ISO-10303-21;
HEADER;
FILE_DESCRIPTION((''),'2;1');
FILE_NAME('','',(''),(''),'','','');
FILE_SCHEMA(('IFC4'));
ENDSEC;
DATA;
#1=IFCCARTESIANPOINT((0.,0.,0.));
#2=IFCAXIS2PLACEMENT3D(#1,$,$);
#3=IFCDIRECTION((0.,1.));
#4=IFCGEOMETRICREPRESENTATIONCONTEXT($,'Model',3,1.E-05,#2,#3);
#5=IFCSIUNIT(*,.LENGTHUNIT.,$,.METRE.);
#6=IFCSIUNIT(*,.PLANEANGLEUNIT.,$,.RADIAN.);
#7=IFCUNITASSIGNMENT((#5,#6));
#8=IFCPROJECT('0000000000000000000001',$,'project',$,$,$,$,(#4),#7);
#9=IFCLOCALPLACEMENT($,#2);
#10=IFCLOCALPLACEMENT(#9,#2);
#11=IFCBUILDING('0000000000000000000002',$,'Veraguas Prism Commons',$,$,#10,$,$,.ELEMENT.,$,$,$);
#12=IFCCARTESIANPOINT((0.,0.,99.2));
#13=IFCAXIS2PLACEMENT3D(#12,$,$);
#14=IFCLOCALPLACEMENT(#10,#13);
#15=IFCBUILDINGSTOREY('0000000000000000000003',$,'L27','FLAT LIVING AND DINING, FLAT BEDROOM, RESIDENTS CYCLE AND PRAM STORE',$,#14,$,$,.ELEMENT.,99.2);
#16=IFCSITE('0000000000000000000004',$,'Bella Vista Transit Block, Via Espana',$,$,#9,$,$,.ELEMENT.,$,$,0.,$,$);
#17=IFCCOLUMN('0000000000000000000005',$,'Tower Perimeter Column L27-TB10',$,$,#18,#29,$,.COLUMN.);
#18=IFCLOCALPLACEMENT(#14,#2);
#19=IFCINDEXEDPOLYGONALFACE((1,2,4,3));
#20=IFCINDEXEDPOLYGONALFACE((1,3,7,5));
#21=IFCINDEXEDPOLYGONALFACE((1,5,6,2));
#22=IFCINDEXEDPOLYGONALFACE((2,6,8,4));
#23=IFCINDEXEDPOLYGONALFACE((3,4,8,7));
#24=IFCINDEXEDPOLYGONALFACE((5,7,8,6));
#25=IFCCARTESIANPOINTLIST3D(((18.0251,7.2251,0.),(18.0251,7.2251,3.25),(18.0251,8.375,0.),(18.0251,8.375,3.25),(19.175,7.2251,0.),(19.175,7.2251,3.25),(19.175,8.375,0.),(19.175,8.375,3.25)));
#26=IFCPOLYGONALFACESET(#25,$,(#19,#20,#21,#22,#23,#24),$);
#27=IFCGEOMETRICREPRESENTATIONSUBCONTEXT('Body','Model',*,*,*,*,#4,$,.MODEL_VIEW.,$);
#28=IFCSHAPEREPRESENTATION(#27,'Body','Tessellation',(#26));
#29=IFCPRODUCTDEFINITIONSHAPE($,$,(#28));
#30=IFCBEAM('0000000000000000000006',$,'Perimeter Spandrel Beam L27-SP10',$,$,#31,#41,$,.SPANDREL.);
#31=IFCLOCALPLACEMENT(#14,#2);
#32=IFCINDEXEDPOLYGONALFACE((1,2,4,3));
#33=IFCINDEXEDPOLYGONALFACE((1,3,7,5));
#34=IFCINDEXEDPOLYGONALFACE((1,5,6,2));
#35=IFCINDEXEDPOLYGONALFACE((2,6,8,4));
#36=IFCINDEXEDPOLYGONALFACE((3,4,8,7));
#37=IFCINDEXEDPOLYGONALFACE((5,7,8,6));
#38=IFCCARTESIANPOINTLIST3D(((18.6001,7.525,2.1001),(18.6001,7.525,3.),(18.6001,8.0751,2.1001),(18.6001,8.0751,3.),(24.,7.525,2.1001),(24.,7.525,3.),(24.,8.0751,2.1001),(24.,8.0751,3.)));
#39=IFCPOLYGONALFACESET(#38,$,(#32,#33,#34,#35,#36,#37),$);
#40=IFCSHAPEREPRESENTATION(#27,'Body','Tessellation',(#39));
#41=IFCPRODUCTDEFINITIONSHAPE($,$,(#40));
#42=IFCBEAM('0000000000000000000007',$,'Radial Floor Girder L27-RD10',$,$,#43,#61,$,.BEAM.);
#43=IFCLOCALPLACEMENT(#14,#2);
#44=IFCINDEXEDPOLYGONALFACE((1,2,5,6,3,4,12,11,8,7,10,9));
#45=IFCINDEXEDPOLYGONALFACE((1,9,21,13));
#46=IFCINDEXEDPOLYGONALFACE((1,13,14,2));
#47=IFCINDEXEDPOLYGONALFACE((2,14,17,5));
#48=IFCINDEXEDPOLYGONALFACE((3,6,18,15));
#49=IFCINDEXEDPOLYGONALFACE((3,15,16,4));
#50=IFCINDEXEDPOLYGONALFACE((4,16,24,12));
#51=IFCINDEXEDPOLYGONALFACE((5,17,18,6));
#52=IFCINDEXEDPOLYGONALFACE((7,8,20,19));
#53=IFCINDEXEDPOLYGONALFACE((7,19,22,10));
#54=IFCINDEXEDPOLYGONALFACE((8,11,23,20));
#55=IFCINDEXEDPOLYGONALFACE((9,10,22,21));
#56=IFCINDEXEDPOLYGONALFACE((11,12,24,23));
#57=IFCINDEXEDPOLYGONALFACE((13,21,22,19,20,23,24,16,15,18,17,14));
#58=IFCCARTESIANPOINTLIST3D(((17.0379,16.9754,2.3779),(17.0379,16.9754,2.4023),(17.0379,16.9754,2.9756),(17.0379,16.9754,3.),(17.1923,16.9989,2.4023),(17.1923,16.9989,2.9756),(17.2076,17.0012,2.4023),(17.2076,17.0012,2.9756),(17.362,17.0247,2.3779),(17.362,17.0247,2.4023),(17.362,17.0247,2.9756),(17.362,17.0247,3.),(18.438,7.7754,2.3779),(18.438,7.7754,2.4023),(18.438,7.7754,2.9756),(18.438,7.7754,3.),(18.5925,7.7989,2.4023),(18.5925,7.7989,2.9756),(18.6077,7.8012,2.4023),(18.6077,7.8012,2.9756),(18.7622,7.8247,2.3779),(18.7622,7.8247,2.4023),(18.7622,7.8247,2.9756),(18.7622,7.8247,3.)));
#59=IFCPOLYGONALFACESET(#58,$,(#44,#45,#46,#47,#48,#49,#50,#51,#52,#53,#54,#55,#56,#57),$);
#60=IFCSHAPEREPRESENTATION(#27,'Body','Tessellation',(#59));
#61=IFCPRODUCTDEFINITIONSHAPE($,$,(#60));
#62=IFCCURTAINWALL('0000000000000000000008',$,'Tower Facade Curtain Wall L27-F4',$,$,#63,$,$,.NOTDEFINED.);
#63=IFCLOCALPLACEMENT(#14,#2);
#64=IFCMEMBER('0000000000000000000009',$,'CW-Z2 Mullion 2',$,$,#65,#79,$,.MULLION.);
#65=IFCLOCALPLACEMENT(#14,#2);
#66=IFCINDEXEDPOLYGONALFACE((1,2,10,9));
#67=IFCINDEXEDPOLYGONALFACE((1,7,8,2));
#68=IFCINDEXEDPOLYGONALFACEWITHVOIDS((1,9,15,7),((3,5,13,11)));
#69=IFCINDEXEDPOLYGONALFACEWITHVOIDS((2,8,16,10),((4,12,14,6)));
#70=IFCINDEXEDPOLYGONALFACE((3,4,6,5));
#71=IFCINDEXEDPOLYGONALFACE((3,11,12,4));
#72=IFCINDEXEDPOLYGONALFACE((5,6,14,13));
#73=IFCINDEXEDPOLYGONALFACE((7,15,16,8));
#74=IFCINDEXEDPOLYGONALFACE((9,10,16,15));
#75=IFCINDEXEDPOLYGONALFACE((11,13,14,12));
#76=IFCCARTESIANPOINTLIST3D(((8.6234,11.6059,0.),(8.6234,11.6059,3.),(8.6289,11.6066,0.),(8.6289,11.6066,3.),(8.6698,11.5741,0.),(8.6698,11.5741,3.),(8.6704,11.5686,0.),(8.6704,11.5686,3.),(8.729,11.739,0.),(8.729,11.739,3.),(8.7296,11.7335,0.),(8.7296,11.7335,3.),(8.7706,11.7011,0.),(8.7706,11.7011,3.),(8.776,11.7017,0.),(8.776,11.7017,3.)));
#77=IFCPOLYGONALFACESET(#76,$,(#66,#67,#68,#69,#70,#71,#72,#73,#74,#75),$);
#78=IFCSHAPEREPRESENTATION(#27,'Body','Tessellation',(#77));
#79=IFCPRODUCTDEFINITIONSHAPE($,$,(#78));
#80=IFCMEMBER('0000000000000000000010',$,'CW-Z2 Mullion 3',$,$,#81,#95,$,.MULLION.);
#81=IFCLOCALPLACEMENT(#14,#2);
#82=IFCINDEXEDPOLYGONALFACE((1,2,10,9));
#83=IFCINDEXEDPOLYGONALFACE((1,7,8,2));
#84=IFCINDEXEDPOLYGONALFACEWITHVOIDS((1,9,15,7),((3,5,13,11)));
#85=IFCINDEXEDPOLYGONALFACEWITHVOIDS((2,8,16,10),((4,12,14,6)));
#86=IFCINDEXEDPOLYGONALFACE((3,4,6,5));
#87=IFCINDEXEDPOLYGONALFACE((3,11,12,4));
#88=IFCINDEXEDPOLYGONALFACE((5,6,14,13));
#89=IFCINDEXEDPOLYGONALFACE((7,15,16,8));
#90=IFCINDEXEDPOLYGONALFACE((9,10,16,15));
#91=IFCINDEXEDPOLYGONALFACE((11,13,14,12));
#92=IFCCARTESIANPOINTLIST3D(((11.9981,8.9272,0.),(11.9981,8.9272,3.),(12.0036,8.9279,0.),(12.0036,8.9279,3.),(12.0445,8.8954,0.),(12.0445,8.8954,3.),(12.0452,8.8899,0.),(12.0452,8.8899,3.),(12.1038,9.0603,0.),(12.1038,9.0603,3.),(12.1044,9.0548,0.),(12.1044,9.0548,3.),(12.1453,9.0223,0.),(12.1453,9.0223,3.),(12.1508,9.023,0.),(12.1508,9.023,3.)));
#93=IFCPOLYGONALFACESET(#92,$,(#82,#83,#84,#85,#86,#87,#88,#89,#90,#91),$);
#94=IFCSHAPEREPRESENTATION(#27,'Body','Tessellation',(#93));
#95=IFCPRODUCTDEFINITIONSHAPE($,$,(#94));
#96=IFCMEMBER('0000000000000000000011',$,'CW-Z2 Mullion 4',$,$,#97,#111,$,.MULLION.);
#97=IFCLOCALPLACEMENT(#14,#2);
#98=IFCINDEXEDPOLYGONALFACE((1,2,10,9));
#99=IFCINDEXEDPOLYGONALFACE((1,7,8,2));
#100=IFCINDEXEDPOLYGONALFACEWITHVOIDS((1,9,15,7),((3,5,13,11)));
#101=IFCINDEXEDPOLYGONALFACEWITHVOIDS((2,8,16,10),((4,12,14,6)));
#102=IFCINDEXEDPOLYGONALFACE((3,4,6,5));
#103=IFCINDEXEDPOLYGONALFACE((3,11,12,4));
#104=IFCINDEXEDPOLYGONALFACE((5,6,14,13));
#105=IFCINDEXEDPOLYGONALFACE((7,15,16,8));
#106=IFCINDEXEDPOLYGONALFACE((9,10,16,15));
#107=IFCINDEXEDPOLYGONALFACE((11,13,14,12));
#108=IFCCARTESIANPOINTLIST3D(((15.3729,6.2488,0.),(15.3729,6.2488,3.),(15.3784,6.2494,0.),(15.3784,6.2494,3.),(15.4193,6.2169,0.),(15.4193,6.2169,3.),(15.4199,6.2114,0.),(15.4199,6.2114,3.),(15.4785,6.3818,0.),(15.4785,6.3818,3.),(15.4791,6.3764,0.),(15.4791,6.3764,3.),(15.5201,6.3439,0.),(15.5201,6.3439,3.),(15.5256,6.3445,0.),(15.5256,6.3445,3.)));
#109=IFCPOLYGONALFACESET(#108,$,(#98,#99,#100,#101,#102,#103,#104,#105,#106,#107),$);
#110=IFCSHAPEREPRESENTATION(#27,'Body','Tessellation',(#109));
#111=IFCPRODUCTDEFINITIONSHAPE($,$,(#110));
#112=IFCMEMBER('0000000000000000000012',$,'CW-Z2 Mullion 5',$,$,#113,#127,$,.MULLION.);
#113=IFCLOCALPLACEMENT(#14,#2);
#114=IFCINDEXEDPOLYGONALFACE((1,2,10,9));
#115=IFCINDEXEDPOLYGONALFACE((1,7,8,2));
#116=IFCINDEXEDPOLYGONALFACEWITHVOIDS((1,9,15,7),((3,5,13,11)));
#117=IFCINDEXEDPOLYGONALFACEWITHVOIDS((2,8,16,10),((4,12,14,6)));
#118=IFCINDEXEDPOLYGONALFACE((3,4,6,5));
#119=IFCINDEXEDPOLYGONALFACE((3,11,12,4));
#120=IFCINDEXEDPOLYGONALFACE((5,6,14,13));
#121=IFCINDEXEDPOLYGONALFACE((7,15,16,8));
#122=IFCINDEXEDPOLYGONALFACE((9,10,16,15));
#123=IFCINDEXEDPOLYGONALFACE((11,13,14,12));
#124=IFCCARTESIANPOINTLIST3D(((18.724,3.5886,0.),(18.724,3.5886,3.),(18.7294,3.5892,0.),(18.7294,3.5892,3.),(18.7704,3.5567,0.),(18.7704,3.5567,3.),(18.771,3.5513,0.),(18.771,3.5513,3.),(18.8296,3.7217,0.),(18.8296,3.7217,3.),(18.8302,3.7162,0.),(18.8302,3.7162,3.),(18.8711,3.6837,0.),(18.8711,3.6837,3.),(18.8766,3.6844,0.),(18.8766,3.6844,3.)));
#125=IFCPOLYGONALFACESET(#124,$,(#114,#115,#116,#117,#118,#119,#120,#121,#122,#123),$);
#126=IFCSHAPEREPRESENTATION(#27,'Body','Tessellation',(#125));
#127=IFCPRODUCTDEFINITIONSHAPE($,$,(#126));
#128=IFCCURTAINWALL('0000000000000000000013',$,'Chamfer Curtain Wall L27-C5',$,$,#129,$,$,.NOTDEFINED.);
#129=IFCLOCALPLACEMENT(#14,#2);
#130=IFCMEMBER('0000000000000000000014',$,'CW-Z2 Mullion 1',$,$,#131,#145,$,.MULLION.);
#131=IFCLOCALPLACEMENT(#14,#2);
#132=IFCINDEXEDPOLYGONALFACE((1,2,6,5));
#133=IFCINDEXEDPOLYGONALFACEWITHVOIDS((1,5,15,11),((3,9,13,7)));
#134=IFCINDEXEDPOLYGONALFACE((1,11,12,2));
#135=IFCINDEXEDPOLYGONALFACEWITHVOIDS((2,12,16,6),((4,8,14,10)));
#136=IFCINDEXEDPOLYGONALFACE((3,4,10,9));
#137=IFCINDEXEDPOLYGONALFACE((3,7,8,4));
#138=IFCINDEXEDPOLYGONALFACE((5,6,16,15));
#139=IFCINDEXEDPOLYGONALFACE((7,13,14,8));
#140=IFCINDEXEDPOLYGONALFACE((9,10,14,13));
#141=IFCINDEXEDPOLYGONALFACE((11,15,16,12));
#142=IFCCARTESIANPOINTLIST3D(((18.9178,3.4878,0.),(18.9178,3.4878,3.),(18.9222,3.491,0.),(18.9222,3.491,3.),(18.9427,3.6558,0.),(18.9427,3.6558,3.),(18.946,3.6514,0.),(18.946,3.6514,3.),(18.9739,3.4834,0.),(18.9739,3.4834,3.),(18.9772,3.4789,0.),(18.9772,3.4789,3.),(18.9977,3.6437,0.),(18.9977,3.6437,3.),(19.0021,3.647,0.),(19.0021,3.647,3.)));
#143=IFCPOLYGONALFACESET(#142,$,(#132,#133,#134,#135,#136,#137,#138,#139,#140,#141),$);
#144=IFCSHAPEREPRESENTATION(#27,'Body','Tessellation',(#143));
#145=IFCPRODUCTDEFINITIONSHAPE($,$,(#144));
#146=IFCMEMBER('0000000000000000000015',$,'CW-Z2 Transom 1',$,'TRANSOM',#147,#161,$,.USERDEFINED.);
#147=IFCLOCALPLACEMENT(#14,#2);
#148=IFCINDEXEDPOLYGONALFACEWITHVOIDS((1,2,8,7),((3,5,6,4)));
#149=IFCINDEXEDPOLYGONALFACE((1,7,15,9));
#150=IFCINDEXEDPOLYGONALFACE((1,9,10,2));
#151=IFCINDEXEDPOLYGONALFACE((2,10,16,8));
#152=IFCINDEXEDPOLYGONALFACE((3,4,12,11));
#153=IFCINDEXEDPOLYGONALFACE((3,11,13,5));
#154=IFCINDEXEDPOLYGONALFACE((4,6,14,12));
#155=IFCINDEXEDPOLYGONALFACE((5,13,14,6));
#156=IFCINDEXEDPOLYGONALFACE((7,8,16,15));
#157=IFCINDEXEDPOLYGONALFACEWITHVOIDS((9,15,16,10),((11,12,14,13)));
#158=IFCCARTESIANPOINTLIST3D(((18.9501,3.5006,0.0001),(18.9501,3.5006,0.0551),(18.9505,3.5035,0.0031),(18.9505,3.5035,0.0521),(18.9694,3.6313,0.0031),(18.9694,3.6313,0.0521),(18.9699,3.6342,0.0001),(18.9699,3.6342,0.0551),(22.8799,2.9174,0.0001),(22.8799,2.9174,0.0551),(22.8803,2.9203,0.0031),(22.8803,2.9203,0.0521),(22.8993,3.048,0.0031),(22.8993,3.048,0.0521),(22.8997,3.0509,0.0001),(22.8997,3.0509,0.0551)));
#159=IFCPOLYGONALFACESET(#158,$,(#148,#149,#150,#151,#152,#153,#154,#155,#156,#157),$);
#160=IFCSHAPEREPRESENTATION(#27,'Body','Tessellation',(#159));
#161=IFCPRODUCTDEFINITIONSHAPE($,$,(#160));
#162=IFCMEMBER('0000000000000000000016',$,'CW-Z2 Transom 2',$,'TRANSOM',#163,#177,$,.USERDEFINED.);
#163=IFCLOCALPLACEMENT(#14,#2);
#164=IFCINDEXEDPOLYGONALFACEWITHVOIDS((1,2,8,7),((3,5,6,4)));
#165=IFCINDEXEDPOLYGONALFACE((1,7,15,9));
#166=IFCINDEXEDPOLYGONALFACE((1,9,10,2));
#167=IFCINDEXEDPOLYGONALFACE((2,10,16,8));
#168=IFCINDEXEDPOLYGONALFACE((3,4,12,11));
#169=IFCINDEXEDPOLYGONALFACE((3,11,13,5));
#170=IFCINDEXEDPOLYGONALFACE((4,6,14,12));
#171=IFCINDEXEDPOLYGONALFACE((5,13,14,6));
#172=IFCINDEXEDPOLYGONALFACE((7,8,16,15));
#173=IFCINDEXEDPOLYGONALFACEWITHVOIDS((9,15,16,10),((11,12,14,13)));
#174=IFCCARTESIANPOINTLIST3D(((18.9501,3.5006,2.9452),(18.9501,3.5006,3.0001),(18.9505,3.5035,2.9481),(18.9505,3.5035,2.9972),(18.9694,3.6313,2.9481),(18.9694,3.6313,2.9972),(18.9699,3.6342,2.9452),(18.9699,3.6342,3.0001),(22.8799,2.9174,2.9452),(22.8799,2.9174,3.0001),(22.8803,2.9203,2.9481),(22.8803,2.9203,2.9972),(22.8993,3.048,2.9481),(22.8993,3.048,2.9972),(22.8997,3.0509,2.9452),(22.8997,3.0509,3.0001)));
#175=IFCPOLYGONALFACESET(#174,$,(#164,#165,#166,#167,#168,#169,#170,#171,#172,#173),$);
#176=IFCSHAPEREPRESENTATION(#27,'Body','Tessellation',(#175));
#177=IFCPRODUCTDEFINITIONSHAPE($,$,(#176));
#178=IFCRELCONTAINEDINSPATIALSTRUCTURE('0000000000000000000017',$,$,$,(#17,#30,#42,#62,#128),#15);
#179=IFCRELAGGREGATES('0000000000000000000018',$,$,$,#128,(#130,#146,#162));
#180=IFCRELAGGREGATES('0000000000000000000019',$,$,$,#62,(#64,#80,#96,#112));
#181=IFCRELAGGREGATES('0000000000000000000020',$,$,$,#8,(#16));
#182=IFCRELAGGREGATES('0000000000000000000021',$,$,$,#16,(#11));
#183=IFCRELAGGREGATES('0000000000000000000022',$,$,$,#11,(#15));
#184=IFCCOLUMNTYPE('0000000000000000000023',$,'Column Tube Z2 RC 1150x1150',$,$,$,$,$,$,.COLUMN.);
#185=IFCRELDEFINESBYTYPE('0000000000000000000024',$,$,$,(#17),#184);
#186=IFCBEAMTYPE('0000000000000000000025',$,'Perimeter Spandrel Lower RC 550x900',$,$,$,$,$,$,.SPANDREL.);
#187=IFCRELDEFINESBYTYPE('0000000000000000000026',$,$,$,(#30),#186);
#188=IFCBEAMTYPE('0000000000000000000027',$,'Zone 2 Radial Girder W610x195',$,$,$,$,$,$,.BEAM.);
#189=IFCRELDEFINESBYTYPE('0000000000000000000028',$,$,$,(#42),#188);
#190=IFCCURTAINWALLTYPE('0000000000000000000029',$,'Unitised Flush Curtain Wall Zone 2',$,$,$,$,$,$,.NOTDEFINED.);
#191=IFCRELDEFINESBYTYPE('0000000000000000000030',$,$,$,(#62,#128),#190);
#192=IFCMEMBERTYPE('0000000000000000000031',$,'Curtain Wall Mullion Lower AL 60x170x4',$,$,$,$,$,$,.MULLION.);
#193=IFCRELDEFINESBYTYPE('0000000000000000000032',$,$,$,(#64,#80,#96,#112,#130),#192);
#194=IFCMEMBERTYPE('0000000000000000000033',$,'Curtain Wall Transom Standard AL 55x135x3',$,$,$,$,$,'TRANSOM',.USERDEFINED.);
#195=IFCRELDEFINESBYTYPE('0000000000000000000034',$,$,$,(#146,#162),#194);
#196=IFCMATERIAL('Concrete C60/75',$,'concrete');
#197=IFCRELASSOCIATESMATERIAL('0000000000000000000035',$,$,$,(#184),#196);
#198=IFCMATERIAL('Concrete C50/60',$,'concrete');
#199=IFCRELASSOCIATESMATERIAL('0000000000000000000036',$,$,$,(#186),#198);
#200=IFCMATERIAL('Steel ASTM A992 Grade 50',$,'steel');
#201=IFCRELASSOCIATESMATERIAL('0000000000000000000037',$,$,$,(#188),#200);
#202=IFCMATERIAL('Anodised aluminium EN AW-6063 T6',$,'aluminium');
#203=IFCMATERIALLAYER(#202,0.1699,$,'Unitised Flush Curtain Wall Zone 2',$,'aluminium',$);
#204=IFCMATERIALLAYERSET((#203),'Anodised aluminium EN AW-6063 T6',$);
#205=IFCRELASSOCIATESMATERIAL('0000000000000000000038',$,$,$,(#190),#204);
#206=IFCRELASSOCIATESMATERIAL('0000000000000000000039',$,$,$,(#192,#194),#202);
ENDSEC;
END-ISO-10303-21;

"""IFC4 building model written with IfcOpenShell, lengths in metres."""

from ifc_helpers import new_model, si_unit, direction, frame, origin, origin_2d, place, context, subcontext, project, spatial, rectangle, hollow_rectangle, i_section, extrude, source, transform, mapped, material, layer, layer_set, material_profile, profile_set, type_object, element, aggregate, save


model = new_model("IFC4")

# Units and contexts
model_context = context("Model", 3, precision=1e-05, world=origin(), true_north=direction((0.0, 1.0)))
body_context = subcontext(model_context, "Body", "Model", "MODEL_VIEW")
ifc_project = project(units=[si_unit("LENGTHUNIT", "METRE"), si_unit("PLANEANGLEUNIT", "RADIAN")], contexts=[model_context])

# Site, building, storey
site_placement = place(None, origin())
site = spatial("IfcSite", under=ifc_project, at=site_placement, Name="Bella Vista Transit Block, Via Espana", CompositionType="ELEMENT", RefElevation=0.0)
building_placement = place(site_placement, origin())
building = spatial("IfcBuilding", under=site, at=building_placement, Name="Veraguas Prism Commons", CompositionType="ELEMENT")
storey_placement = place(building_placement, frame((0.0, 0.0, 99.2)))
storey = spatial("IfcBuildingStorey", under=building, at=storey_placement, Name="L27", Description="FLAT LIVING AND DINING, FLAT BEDROOM, RESIDENTS CYCLE AND PRAM STORE", CompositionType="ELEMENT", Elevation=99.2)

# Column
ifc_material_1 = material(Name="Concrete C60/75", Category="concrete")
ifc_material_profile_1 = material_profile(ifc_material_1, rectangle(XDim=1.1499, YDim=1.1499, at=origin_2d()), Name="RC1150X1150")
ifc_profile_set_1 = profile_set([ifc_material_profile_1], Name="Concrete C60/75")
column_type = type_object("IfcColumnType", Name="Column Tube Z2 RC 1150x1150", PredefinedType="COLUMN", material=ifc_profile_set_1)
column_placement = place(storey_placement, frame((18.6001, 7.8, 0.0), z_axis=(0.0, 0.0, 1.0), x_axis=(1.0, 0.0, 0.0)))
element("IfcColumn", 1, at=column_placement, inside=storey, type_object=column_type, Name="Tower Perimeter Column L27-TB10", PredefinedType="COLUMN", context=body_context, shape_type="SweptSolid", body=[
    extrude(rectangle(XDim=1.1499, YDim=1.1499, at=origin_2d()), origin(), (0.0, 0.0, 1.0), 3.25),
])

# Beams
ifc_material_2 = material(Name="Concrete C50/60", Category="concrete")
ifc_material_profile_2 = material_profile(ifc_material_2, rectangle(XDim=0.55, YDim=0.8999, at=origin_2d()), Name="RC550X900")
ifc_profile_set_2 = profile_set([ifc_material_profile_2], Name="Concrete C50/60")
beam_type_1 = type_object("IfcBeamType", Name="Perimeter Spandrel Lower RC 550x900", PredefinedType="SPANDREL", material=ifc_profile_set_2)
beam_1_placement = place(storey_placement, frame((18.6001, 7.8, 2.55), z_axis=(1.0, 0.0, 0.0), x_axis=(0.0, 1.0, 0.0)))
element("IfcBeam", 2, at=beam_1_placement, inside=storey, type_object=beam_type_1, Name="Perimeter Spandrel Beam L27-SP10", PredefinedType="SPANDREL", context=body_context, shape_type="SweptSolid", body=[
    extrude(rectangle(XDim=0.55, YDim=0.8999, at=origin_2d()), origin(), (0.0, 0.0, 1.0), 5.3999),
])
ifc_material_3 = material(Name="Steel ASTM A992 Grade 50", Category="steel")
ifc_material_profile_3 = material_profile(ifc_material_3, i_section(OverallWidth=0.3279, OverallDepth=0.6221, WebThickness=0.0154, FlangeThickness=0.0244, at=origin_2d()), Name="W610X195")
ifc_profile_set_3 = profile_set([ifc_material_profile_3], Name="Steel ASTM A992 Grade 50")
beam_type_2 = type_object("IfcBeamType", Name="Zone 2 Radial Girder W610x195", PredefinedType="BEAM", material=ifc_profile_set_3)
beam_2_placement = place(storey_placement, frame((18.6001, 7.8, 2.689), z_axis=(-0.150458, 0.988616, 0.0), x_axis=(-0.988616, -0.150458, 0.0)))
element("IfcBeam", 3, at=beam_2_placement, inside=storey, type_object=beam_type_2, Name="Radial Floor Girder L27-RD10", PredefinedType="BEAM", context=body_context, shape_type="SweptSolid", body=[
    extrude(i_section(OverallWidth=0.3279, OverallDepth=0.6221, WebThickness=0.0154, FlangeThickness=0.0244, at=origin_2d()), origin(), (0.0, 0.0, 1.0), 9.3059),
])

# Curtain walls, members
ifc_material_4 = material(Name="Anodised aluminium EN AW-6063 T6", Category="aluminium")
ifc_layer_1 = layer(ifc_material_4, 0.1699, Name="Unitised Flush Curtain Wall Zone 2", Category="aluminium")
ifc_layer_set_1 = layer_set([ifc_layer_1], Name="Anodised aluminium EN AW-6063 T6")
curtain_wall_type = type_object("IfcCurtainWallType", Name="Unitised Flush Curtain Wall Zone 2", PredefinedType="NOTDEFINED", material=ifc_layer_set_1)
curtain_wall_1_placement = place(storey_placement, origin())
curtain_wall_1 = element("IfcCurtainWall", 4, at=curtain_wall_1_placement, inside=storey, type_object=curtain_wall_type, Name="Tower Facade Curtain Wall L27-F4", PredefinedType="NOTDEFINED")
ifc_material_profile_4 = material_profile(ifc_material_4, hollow_rectangle(XDim=0.0601, YDim=0.1699, WallThickness=0.0039, at=origin_2d()), Name="AL60X170X4")
ifc_profile_set_4 = profile_set([ifc_material_profile_4], Name="Anodised aluminium EN AW-6063 T6")
member_type_1 = type_object("IfcMemberType", Name="Curtain Wall Mullion Lower AL 60x170x4", PredefinedType="MULLION", material=ifc_profile_set_4)
shared_shape_1 = source(origin(), body_context, "Body", "SweptSolid", [
    extrude(hollow_rectangle(XDim=0.0601, YDim=0.1699, WallThickness=0.0039, at=origin_2d()), origin(), (0.0, 0.0, 1.0), 3.0),
])
member_1_placement = place(storey_placement, frame((8.6997, 11.6538, 0.0), z_axis=(0.0, 0.0, 1.0), x_axis=(0.783261, -0.621693, 0.0)))
member_1 = element("IfcMember", 5, at=member_1_placement, type_object=member_type_1, Name="CW-Z2 Mullion 2", PredefinedType="MULLION", context=body_context, shape_type="MappedRepresentation", body=[
    mapped(shared_shape_1, transform((0.0, 0.0, 0.0), scale=1.0)),
])
member_2_placement = place(storey_placement, frame((12.0745, 8.9751, 0.0), z_axis=(0.0, 0.0, 1.0), x_axis=(0.783261, -0.621693, 0.0)))
member_2 = element("IfcMember", 6, at=member_2_placement, type_object=member_type_1, Name="CW-Z2 Mullion 3", PredefinedType="MULLION", context=body_context, shape_type="MappedRepresentation", body=[
    mapped(shared_shape_1, transform((0.0, 0.0, 0.0), scale=1.0)),
])
member_3_placement = place(storey_placement, frame((15.4492, 6.2966, 0.0), z_axis=(0.0, 0.0, 1.0), x_axis=(0.783261, -0.621693, 0.0)))
member_3 = element("IfcMember", 7, at=member_3_placement, type_object=member_type_1, Name="CW-Z2 Mullion 4", PredefinedType="MULLION", context=body_context, shape_type="MappedRepresentation", body=[
    mapped(shared_shape_1, transform((0.0, 0.0, 0.0), scale=1.0)),
])
member_4_placement = place(storey_placement, frame((18.8003, 3.6365, 0.0), z_axis=(0.0, 0.0, 1.0), x_axis=(0.783261, -0.621693, 0.0)))
member_4 = element("IfcMember", 8, at=member_4_placement, type_object=member_type_1, Name="CW-Z2 Mullion 5", PredefinedType="MULLION", context=body_context, shape_type="MappedRepresentation", body=[
    mapped(shared_shape_1, transform((0.0, 0.0, 0.0), scale=1.0)),
])
curtain_wall_2_placement = place(storey_placement, origin())
curtain_wall_2 = element("IfcCurtainWall", 9, at=curtain_wall_2_placement, inside=storey, type_object=curtain_wall_type, Name="Chamfer Curtain Wall L27-C5", PredefinedType="NOTDEFINED")
member_5_placement = place(storey_placement, frame((18.96, 3.5674, 0.0), z_axis=(0.0, 0.0, 1.0), x_axis=(0.989168, -0.146789, 0.0)))
member_5 = element("IfcMember", 10, at=member_5_placement, type_object=member_type_1, Name="CW-Z2 Mullion 1", PredefinedType="MULLION", context=body_context, shape_type="MappedRepresentation", body=[
    mapped(shared_shape_1, transform((0.0, 0.0, 0.0), scale=1.0)),
])
ifc_material_profile_5 = material_profile(ifc_material_4, hollow_rectangle(XDim=0.0549, YDim=0.135, WallThickness=0.0029, at=origin_2d()), Name="AL55X135X3")
ifc_profile_set_5 = profile_set([ifc_material_profile_5], Name="Anodised aluminium EN AW-6063 T6")
member_type_2 = type_object("IfcMemberType", Name="Curtain Wall Transom Standard AL 55x135x3", ElementType="TRANSOM", PredefinedType="USERDEFINED", material=ifc_profile_set_5)
shared_shape_2 = source(origin(), body_context, "Body", "SweptSolid", [
    extrude(hollow_rectangle(XDim=0.0549, YDim=0.135, WallThickness=0.0029, at=origin_2d()), origin(), (0.0, 0.0, 1.0), 3.9729),
])
member_6_placement = place(storey_placement, frame((18.96, 3.5674, 0.0276), z_axis=(0.989165, -0.146805, 0.0), x_axis=(0.0, 0.0, 1.0)))
member_6 = element("IfcMember", 11, at=member_6_placement, type_object=member_type_2, Name="CW-Z2 Transom 1", ObjectType="TRANSOM", PredefinedType="USERDEFINED", context=body_context, shape_type="MappedRepresentation", body=[
    mapped(shared_shape_2, transform((0.0, 0.0, 0.0), scale=1.0)),
])
member_7_placement = place(storey_placement, frame((18.96, 3.5674, 2.9727), z_axis=(0.989165, -0.146805, 0.0), x_axis=(0.0, 0.0, 1.0)))
member_7 = element("IfcMember", 12, at=member_7_placement, type_object=member_type_2, Name="CW-Z2 Transom 2", ObjectType="TRANSOM", PredefinedType="USERDEFINED", context=body_context, shape_type="MappedRepresentation", body=[
    mapped(shared_shape_2, transform((0.0, 0.0, 0.0), scale=1.0)),
])
aggregate(curtain_wall_2, [member_5, member_6, member_7])

aggregate(curtain_wall_1, [member_1, member_2, member_3, member_4])

save(model, "model.ifc")
